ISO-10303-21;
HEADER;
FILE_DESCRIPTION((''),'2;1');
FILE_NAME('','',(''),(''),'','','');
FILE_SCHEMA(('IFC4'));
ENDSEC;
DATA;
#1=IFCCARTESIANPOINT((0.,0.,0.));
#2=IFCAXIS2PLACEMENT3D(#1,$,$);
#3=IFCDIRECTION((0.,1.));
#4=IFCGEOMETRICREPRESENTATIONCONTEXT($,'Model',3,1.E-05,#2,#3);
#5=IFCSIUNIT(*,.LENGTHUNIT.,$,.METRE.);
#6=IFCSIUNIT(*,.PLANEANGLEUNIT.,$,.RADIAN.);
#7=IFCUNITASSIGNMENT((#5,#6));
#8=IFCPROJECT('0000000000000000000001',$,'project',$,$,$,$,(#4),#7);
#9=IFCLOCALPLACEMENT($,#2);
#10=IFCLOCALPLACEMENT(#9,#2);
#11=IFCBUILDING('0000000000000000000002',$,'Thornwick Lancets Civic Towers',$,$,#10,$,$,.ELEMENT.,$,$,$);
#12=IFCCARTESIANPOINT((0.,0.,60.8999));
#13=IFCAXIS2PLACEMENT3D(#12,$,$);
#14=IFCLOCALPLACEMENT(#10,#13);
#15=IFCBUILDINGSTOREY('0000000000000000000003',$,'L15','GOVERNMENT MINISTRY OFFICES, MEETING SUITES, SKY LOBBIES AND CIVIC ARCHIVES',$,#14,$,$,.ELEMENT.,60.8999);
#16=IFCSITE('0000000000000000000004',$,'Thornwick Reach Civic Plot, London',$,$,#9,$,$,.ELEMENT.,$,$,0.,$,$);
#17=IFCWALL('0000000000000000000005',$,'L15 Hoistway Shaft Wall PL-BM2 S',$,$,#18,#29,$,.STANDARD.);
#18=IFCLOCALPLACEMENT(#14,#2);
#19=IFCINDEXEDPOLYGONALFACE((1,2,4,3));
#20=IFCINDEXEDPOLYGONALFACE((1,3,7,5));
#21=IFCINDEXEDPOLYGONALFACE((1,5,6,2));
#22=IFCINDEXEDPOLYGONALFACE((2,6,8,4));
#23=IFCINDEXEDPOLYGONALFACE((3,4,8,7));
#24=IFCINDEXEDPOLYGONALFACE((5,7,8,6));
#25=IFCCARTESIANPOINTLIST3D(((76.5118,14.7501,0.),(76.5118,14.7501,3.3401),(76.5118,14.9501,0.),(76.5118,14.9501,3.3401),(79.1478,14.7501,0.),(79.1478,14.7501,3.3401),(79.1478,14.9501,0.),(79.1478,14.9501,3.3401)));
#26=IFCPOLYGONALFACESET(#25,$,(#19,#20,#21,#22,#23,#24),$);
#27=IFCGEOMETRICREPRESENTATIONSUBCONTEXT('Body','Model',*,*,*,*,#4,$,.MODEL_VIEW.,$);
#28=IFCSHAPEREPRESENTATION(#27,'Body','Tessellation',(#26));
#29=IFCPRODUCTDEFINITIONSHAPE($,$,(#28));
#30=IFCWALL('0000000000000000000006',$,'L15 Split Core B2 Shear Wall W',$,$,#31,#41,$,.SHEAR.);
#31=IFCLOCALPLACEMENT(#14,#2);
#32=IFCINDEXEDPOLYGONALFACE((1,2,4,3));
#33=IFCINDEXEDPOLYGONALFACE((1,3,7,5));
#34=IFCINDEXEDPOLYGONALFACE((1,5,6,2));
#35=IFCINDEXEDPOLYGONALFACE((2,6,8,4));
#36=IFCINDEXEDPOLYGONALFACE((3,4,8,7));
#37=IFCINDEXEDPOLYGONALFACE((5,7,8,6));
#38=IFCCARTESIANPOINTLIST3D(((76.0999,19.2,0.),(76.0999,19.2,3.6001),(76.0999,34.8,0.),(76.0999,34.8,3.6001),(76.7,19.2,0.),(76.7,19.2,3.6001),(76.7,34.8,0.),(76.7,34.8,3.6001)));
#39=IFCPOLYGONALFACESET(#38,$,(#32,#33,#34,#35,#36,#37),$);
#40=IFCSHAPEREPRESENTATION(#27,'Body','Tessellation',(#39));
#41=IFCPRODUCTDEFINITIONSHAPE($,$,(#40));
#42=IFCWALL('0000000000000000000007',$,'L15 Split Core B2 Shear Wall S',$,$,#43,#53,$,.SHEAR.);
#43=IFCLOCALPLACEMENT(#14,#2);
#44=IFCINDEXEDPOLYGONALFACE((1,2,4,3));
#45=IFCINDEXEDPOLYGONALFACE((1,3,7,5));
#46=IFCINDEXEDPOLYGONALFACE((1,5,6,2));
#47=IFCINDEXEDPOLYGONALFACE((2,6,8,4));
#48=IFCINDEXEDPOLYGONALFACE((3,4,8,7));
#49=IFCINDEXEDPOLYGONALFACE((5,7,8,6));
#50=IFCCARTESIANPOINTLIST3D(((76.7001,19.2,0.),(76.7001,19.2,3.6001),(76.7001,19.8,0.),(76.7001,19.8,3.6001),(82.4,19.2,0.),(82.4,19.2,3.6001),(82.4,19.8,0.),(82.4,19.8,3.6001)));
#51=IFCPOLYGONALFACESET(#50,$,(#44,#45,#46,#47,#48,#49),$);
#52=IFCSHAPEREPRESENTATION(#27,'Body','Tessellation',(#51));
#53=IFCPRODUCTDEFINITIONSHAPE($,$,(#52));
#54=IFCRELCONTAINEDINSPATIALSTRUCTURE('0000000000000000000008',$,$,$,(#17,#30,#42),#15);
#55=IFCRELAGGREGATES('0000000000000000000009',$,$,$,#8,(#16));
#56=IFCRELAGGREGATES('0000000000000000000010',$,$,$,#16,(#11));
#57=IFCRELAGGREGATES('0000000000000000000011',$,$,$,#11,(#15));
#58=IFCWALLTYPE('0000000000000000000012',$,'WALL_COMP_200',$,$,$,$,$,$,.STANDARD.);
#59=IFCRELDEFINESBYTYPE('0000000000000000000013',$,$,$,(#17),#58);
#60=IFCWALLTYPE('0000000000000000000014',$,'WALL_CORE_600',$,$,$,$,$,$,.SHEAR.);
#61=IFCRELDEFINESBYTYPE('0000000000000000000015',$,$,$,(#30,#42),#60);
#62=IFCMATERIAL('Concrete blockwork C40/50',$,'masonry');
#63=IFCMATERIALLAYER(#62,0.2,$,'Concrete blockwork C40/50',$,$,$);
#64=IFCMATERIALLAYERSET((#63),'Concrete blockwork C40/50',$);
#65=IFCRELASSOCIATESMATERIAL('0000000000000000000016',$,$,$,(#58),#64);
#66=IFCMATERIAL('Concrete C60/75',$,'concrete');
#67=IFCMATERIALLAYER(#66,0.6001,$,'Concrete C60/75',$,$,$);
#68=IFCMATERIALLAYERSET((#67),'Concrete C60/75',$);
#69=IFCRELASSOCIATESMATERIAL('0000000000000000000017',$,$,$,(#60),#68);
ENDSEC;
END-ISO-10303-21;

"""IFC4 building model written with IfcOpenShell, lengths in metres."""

from ifc_helpers import new_model, si_unit, direction, frame, frame_2d, origin, place, context, subcontext, project, spatial, rectangle, extrude, material, layer, layer_set, type_object, element, save


model = new_model("IFC4")

# Units and contexts
model_context = context("Model", 3, precision=1e-05, world=origin(), true_north=direction((0.0, 1.0)))
body_context = subcontext(model_context, "Body", "Model", "MODEL_VIEW")
ifc_project = project(units=[si_unit("LENGTHUNIT", "METRE"), si_unit("PLANEANGLEUNIT", "RADIAN")], contexts=[model_context])

# Site, building, storey
site_placement = place(None, origin())
site = spatial("IfcSite", under=ifc_project, at=site_placement, Name="Thornwick Reach Civic Plot, London", CompositionType="ELEMENT", RefElevation=0.0)
building_placement = place(site_placement, origin())
building = spatial("IfcBuilding", under=site, at=building_placement, Name="Thornwick Lancets Civic Towers", CompositionType="ELEMENT")
storey_placement = place(building_placement, frame((0.0, 0.0, 60.8999)))
storey = spatial("IfcBuildingStorey", under=building, at=storey_placement, Name="L15", Description="GOVERNMENT MINISTRY OFFICES, MEETING SUITES, SKY LOBBIES AND CIVIC ARCHIVES", CompositionType="ELEMENT", Elevation=60.8999)

# Shared definitions
ifc_material_1 = material(Name="Concrete C60/75", Category="concrete")

# Walls
ifc_material_2 = material(Name="Concrete blockwork C40/50", Category="masonry")
ifc_layer_1 = layer(ifc_material_2, 0.2, Name="Concrete blockwork C40/50")
ifc_layer_set_1 = layer_set([ifc_layer_1], Name="Concrete blockwork C40/50")
wall_type_1 = type_object("IfcWallType", Name="WALL_COMP_200", PredefinedType="STANDARD", material=ifc_layer_set_1)
wall_1_placement = place(storey_placement, frame((76.512, 14.8501, 0.0), z_axis=(0.0, 0.0, 1.0), x_axis=(1.0, 0.0, 0.0)))
element("IfcWall", 1, at=wall_1_placement, inside=storey, type_object=wall_type_1, Name="L15 Hoistway Shaft Wall PL-BM2 S", PredefinedType="STANDARD", context=body_context, shape_type="SweptSolid", body=[
    extrude(rectangle(XDim=2.636, YDim=0.2, at=frame_2d((1.3179, 0.0))), origin(), (0.0, 0.0, 1.0), 3.3401),
])
ifc_layer_2 = layer(ifc_material_1, 0.6001, Name="Concrete C60/75")
ifc_layer_set_2 = layer_set([ifc_layer_2], Name="Concrete C60/75")
wall_type_2 = type_object("IfcWallType", Name="WALL_CORE_600", PredefinedType="SHEAR", material=ifc_layer_set_2)
wall_2_placement = place(storey_placement, frame((76.3999, 19.2, 0.0), z_axis=(0.0, 0.0, 1.0), x_axis=(0.0, 1.0, 0.0)))
element("IfcWall", 2, at=wall_2_placement, inside=storey, type_object=wall_type_2, Name="L15 Split Core B2 Shear Wall W", PredefinedType="SHEAR", context=body_context, shape_type="SweptSolid", body=[
    extrude(rectangle(XDim=15.6001, YDim=0.6001, at=frame_2d((7.8, 0.0))), origin(), (0.0, 0.0, 1.0), 3.6001),
])
wall_3_placement = place(storey_placement, frame((76.7, 19.5, 0.0), z_axis=(0.0, 0.0, 1.0), x_axis=(1.0, 0.0, 0.0)))
element("IfcWall", 3, at=wall_3_placement, inside=storey, type_object=wall_type_2, Name="L15 Split Core B2 Shear Wall S", PredefinedType="SHEAR", context=body_context, shape_type="SweptSolid", body=[
    extrude(rectangle(XDim=5.7, YDim=0.6001, at=frame_2d((2.8501, 0.0))), origin(), (0.0, 0.0, 1.0), 3.6001),
])

save(model, "model.ifc")
